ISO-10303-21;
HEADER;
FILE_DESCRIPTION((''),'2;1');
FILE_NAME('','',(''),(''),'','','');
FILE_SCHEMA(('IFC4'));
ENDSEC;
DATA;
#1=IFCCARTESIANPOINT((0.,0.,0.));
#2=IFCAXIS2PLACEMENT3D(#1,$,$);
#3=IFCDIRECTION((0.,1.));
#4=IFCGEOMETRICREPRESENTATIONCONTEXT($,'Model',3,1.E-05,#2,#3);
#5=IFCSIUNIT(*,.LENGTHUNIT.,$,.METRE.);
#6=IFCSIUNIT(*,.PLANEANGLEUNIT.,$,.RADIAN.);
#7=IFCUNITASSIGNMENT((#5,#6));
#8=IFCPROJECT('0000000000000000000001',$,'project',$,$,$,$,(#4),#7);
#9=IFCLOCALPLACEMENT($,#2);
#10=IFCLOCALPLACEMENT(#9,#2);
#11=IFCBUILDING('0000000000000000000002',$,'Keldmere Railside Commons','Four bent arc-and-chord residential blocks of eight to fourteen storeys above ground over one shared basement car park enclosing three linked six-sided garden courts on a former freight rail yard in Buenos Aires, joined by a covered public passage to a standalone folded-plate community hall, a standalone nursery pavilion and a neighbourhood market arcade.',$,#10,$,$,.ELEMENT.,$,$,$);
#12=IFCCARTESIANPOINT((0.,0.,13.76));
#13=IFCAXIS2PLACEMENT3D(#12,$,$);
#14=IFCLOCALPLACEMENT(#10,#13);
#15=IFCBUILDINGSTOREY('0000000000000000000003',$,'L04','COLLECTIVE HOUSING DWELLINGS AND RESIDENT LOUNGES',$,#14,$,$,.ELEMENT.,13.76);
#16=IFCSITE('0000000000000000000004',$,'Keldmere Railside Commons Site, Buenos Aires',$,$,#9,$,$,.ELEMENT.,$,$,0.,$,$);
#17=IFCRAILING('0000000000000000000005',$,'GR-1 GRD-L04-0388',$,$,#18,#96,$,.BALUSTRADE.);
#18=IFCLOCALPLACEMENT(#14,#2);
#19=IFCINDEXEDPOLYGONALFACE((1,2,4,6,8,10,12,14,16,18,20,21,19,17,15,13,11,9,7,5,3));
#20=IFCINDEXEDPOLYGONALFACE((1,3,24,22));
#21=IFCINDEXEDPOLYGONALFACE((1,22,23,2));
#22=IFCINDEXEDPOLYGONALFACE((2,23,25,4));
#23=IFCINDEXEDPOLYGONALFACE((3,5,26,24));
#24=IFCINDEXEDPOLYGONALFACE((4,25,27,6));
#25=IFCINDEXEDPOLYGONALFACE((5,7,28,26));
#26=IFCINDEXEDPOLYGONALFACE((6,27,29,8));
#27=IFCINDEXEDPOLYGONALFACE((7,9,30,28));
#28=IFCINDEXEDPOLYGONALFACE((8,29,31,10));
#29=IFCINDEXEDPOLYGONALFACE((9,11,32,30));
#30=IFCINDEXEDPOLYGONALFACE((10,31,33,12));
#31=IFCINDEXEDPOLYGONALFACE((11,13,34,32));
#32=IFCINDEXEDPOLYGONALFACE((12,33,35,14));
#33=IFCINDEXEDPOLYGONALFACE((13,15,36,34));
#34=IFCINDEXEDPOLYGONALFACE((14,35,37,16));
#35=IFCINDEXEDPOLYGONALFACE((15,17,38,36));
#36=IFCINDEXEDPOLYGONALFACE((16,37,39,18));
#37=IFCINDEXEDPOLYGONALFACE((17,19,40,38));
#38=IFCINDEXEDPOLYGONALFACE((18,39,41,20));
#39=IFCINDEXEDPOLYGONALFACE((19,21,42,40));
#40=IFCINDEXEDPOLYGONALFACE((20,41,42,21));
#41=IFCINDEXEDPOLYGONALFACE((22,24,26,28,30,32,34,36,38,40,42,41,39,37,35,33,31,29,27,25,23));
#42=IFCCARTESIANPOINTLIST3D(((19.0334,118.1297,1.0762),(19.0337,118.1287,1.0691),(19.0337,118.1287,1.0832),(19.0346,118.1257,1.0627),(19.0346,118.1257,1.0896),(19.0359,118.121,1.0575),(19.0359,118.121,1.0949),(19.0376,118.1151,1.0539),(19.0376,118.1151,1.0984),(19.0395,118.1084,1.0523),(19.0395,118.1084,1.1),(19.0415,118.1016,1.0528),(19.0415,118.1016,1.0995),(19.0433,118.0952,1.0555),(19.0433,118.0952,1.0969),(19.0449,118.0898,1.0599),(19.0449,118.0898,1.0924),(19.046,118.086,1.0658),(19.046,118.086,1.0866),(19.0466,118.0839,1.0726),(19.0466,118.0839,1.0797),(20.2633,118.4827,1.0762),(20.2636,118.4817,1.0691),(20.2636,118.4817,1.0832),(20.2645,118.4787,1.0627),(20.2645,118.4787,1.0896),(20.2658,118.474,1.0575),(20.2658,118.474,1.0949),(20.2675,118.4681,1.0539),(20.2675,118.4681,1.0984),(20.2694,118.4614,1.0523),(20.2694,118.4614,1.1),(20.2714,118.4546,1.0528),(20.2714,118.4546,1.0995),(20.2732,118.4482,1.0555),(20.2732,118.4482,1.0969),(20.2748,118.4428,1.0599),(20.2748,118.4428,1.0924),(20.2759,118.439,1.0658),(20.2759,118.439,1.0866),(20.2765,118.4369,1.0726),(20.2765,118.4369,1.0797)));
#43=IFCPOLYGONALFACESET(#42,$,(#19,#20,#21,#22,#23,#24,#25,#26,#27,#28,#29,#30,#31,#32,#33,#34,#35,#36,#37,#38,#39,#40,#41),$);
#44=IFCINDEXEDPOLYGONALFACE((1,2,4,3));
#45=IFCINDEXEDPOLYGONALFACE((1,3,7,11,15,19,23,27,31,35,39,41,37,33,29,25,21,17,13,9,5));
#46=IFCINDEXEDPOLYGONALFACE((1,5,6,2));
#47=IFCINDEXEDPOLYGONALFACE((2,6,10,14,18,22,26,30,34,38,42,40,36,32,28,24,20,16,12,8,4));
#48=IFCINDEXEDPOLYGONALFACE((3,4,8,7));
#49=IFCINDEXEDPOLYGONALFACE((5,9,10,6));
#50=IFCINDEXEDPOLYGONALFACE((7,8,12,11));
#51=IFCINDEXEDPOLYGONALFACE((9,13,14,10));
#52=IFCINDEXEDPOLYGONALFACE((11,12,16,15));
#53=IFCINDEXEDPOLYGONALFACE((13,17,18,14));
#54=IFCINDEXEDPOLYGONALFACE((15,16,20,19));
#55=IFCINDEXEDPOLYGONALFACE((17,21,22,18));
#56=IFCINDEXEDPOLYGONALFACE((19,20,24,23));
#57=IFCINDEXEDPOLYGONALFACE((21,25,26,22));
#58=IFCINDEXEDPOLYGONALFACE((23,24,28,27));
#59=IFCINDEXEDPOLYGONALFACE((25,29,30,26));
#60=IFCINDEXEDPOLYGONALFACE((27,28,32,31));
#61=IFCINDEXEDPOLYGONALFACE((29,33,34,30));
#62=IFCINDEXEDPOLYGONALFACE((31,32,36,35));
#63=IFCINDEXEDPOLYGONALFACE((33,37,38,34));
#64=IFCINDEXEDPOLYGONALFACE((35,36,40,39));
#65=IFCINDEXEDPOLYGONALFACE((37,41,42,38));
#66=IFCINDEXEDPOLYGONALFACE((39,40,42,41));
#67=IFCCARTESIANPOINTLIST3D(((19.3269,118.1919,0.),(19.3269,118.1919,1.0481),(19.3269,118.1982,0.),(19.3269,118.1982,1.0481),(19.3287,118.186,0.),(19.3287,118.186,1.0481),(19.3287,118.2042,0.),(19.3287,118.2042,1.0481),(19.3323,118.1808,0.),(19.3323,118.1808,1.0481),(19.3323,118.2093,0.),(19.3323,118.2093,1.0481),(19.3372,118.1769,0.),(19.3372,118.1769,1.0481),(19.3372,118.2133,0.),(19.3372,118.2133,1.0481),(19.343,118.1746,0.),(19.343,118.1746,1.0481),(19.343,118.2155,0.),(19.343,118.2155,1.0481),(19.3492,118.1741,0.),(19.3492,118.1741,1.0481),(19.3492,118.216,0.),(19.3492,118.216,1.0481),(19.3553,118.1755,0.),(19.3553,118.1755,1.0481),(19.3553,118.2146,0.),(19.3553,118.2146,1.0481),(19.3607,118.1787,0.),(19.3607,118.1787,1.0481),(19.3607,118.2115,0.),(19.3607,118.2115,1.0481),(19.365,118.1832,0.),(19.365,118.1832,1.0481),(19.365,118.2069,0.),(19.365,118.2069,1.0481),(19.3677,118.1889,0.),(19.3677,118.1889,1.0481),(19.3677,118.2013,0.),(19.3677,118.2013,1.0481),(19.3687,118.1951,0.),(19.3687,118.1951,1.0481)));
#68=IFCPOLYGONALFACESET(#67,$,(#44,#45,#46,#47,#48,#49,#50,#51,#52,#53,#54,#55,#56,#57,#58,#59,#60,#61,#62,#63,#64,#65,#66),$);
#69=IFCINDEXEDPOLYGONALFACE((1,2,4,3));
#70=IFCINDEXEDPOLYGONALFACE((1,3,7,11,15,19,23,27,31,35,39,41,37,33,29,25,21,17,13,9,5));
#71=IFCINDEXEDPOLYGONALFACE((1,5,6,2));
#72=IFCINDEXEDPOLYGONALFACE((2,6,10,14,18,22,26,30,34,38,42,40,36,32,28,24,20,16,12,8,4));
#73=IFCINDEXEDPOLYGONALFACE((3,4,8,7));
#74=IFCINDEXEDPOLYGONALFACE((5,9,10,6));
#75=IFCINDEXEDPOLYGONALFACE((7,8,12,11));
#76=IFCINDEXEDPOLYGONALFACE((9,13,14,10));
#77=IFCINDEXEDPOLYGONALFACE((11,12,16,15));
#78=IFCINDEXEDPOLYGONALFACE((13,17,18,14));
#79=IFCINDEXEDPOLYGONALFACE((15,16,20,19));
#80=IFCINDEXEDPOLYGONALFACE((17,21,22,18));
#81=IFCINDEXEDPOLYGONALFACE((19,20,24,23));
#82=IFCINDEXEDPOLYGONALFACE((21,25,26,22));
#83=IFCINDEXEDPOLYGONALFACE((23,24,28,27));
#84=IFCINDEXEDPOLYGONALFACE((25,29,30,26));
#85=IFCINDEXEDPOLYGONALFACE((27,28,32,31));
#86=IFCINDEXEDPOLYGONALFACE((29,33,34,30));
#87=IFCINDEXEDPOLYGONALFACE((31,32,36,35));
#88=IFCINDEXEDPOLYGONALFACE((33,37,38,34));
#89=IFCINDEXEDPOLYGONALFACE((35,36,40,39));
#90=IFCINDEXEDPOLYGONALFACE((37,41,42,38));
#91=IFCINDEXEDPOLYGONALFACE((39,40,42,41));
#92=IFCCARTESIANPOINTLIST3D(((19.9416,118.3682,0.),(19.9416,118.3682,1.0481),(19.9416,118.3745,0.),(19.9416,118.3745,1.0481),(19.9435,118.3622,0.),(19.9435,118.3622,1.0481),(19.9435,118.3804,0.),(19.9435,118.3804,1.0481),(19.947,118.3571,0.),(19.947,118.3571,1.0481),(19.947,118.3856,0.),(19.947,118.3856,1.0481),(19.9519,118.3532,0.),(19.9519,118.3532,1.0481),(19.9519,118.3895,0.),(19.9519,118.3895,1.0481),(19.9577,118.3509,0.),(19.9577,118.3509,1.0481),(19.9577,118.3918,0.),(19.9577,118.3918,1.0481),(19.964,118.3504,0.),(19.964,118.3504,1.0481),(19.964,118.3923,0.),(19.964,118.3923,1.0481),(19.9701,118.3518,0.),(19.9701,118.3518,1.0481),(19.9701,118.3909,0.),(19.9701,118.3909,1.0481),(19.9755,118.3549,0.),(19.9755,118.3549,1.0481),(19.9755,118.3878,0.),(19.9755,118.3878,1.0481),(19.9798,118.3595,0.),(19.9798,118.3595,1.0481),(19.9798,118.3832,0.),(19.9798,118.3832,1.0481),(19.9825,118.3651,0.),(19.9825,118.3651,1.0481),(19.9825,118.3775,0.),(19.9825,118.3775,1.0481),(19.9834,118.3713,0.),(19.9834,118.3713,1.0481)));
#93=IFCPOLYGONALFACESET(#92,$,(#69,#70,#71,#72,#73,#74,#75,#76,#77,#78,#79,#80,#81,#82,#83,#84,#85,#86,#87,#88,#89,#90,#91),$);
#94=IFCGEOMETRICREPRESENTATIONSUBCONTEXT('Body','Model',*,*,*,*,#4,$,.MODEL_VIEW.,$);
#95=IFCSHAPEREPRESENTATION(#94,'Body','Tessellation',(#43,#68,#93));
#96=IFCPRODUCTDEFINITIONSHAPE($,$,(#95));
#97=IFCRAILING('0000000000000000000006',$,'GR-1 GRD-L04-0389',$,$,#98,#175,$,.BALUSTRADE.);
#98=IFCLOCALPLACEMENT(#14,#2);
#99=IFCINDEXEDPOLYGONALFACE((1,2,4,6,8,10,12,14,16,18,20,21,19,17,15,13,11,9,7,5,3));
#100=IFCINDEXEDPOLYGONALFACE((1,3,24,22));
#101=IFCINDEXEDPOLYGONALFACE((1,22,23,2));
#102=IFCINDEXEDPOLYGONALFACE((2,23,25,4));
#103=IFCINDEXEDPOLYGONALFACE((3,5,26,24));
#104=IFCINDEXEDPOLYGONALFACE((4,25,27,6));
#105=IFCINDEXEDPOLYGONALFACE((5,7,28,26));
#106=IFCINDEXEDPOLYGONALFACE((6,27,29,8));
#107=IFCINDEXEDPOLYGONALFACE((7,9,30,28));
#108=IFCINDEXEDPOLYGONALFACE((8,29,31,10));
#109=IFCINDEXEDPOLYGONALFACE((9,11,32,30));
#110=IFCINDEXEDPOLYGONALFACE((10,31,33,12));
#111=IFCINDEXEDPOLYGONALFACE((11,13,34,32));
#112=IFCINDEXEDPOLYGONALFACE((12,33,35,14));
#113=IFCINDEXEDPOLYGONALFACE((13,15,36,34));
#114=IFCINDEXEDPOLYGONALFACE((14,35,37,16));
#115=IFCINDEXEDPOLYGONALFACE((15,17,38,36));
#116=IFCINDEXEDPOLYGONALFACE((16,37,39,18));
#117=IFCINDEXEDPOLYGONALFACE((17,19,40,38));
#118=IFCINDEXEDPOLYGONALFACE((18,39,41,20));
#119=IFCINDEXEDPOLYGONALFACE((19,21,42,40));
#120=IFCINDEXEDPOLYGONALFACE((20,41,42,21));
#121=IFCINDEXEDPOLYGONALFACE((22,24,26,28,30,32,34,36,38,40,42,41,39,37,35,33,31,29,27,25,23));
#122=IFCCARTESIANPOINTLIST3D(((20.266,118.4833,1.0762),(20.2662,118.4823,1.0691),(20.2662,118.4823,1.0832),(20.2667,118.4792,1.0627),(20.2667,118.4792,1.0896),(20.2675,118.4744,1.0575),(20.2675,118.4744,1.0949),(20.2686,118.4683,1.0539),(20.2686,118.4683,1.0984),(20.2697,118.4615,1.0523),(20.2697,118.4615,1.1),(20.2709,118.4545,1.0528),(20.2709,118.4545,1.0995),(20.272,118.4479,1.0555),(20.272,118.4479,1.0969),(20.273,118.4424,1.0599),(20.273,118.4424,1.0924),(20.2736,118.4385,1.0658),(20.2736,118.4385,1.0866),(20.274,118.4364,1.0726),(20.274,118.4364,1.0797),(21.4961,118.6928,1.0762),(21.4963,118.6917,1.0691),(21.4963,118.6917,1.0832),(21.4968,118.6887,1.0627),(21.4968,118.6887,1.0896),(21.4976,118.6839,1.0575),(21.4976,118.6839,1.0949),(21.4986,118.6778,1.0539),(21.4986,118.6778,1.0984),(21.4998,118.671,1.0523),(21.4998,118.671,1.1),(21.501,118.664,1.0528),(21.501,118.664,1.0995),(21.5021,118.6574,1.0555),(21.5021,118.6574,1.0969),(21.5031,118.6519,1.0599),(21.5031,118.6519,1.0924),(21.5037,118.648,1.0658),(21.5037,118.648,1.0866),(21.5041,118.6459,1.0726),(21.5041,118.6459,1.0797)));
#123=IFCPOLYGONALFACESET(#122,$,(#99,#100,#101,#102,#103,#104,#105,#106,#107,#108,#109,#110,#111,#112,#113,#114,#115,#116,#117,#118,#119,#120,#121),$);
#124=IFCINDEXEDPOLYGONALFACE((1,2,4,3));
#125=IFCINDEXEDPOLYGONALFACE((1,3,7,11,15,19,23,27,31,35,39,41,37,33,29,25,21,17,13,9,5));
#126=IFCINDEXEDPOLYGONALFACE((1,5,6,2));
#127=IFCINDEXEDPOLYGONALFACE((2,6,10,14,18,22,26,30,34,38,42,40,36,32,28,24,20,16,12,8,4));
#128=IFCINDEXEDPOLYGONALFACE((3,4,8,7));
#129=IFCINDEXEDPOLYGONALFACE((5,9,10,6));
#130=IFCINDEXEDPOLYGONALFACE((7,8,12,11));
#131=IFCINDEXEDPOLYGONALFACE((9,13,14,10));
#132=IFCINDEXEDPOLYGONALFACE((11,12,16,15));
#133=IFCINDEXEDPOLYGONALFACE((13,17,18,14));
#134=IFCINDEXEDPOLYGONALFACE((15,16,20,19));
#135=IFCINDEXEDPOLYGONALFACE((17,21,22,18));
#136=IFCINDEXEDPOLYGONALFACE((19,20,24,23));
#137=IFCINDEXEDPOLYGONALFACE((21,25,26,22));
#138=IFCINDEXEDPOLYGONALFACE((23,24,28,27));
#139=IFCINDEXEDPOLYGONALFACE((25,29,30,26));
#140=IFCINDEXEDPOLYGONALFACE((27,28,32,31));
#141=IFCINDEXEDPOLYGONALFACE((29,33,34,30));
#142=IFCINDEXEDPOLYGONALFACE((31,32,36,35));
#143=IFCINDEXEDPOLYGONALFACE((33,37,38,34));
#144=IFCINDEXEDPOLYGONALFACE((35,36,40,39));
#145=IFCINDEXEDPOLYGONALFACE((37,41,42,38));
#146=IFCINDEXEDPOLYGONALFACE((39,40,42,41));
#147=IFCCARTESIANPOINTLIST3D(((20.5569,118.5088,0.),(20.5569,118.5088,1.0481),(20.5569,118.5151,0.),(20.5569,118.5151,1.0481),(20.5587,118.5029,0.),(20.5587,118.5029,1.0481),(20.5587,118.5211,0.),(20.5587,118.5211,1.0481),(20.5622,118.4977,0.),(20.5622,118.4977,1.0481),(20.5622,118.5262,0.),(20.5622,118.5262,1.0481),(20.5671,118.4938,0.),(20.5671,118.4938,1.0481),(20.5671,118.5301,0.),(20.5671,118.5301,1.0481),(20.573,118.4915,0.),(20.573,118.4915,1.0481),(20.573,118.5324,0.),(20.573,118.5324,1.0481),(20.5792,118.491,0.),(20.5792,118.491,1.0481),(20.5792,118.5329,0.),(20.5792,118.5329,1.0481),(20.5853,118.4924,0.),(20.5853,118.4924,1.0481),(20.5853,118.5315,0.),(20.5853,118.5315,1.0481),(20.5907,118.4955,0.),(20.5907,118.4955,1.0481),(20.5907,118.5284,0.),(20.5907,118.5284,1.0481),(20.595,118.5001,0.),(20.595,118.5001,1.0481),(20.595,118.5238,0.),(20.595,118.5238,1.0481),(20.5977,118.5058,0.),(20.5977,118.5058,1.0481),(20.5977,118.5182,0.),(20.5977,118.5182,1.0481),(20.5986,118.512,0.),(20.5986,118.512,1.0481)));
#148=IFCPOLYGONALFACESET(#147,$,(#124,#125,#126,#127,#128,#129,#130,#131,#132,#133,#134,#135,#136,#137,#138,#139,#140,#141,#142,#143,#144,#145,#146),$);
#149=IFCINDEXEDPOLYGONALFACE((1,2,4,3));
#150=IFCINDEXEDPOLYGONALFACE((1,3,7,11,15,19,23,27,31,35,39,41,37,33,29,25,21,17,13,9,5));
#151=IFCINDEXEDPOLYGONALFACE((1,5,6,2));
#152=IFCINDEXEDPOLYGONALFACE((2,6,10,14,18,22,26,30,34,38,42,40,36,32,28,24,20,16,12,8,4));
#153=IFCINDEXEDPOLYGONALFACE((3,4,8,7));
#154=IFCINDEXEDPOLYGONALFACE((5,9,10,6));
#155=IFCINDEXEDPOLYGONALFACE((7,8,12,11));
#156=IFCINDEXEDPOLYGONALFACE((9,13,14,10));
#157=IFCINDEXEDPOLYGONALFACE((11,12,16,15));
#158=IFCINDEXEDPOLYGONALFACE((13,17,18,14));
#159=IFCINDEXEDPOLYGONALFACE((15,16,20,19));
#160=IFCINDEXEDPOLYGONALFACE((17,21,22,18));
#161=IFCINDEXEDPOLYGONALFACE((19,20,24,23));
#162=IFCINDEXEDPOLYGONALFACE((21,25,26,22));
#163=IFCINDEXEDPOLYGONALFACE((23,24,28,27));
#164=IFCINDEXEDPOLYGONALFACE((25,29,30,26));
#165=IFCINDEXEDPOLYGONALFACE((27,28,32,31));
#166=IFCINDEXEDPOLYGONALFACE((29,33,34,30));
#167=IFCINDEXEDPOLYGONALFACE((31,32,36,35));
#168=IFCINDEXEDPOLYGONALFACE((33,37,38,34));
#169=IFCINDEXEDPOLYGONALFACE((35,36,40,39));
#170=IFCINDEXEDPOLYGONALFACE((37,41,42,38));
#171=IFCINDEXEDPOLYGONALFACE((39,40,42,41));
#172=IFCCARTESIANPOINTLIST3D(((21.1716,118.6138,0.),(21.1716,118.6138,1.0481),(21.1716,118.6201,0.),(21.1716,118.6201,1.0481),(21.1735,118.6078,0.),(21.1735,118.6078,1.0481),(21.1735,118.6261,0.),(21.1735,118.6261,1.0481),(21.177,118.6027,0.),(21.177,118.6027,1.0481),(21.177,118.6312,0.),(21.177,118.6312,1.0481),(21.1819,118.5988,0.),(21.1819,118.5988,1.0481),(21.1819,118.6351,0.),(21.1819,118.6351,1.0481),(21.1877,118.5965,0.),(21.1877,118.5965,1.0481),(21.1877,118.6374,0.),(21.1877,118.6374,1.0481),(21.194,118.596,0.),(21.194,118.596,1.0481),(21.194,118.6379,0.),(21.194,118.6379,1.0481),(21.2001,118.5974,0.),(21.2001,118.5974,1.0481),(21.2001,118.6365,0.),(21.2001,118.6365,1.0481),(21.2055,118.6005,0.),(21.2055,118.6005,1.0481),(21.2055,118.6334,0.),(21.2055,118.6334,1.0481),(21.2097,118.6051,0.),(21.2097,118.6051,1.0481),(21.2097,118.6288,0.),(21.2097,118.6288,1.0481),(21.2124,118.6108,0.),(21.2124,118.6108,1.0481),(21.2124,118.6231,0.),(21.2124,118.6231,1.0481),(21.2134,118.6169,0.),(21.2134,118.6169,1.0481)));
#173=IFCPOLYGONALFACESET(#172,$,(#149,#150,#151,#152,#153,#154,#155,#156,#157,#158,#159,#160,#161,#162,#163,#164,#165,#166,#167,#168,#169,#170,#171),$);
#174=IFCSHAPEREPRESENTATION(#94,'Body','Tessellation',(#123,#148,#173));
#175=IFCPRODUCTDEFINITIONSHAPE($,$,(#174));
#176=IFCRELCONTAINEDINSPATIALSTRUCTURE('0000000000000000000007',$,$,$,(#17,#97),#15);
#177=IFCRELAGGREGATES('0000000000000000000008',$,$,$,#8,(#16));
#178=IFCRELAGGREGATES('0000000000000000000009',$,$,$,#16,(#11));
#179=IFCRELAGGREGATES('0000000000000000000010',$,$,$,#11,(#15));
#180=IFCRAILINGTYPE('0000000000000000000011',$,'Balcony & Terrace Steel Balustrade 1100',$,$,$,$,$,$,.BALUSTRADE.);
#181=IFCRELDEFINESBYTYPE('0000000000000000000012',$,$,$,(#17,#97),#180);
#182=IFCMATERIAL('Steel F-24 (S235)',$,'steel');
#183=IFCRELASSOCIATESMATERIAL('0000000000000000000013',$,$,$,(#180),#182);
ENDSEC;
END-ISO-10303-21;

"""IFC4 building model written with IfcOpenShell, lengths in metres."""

from ifc_helpers import new_model, si_unit, direction, frame, origin, origin_2d, place, context, subcontext, project, spatial, circle, extrude, material, type_object, element, save


model = new_model("IFC4")

# Units and contexts
model_context = context("Model", 3, precision=1e-05, world=origin(), true_north=direction((0.0, 1.0)))
body_context = subcontext(model_context, "Body", "Model", "MODEL_VIEW")
ifc_project = project(units=[si_unit("LENGTHUNIT", "METRE"), si_unit("PLANEANGLEUNIT", "RADIAN")], contexts=[model_context])

# Site, building, storey
site_placement = place(None, origin())
site = spatial("IfcSite", under=ifc_project, at=site_placement, Name="Keldmere Railside Commons Site, Buenos Aires", CompositionType="ELEMENT", RefElevation=0.0)
building_placement = place(site_placement, origin())
building = spatial("IfcBuilding", under=site, at=building_placement, Name="Keldmere Railside Commons", Description="Four bent arc-and-chord residential blocks of eight to fourteen storeys above ground over one shared basement car park enclosing three linked six-sided garden courts on a former freight rail yard in Buenos Aires, joined by a covered public passage to a standalone folded-plate community hall, a standalone nursery pavilion and a neighbourhood market arcade.", CompositionType="ELEMENT")
storey_placement = place(building_placement, frame((0.0, 0.0, 13.76)))
storey = spatial("IfcBuildingStorey", under=building, at=storey_placement, Name="L04", Description="COLLECTIVE HOUSING DWELLINGS AND RESIDENT LOUNGES", CompositionType="ELEMENT", Elevation=13.76)

# Shared definitions
ifc_material_1 = material(Name="Steel F-24 (S235)", Category="steel")

# Railings
railing_type = type_object("IfcRailingType", Name="Balcony & Terrace Steel Balustrade 1100", PredefinedType="BALUSTRADE", material=ifc_material_1)
railing_1_placement = place(storey_placement, frame((19.04, 118.1067, 0.0)))
element("IfcRailing", 1, at=railing_1_placement, inside=storey, type_object=railing_type, Name="GR-1 GRD-L04-0388", PredefinedType="BALUSTRADE", context=body_context, shape_type="SweptSolid", body=[
    extrude(circle(Radius=0.0239, at=origin_2d()), frame((0.0, 0.0, 1.0762), z_axis=(0.961192, 0.27588, 0.0), x_axis=(-0.27588, 0.961192, 0.0)), (0.0, 0.0, 1.0), 1.2795),
    extrude(circle(Radius=0.021, at=origin_2d()), frame((0.3076, 0.0884, 0.0)), (0.0, 0.0, 1.0), 1.0481),
    extrude(circle(Radius=0.021, at=origin_2d()), frame((0.9224, 0.2646, 0.0)), (0.0, 0.0, 1.0), 1.0481),
])
railing_2_placement = place(storey_placement, frame((20.27, 118.4597, 0.0)))
element("IfcRailing", 2, at=railing_2_placement, inside=storey, type_object=railing_type, Name="GR-1 GRD-L04-0389", PredefinedType="BALUSTRADE", context=body_context, shape_type="SweptSolid", body=[
    extrude(circle(Radius=0.0239, at=origin_2d()), frame((0.0, 0.0, 1.0762), z_axis=(0.985806, 0.167888, 0.0), x_axis=(-0.167888, 0.985806, 0.0)), (0.0, 0.0, 1.0), 1.2478),
    extrude(circle(Radius=0.021, at=origin_2d()), frame((0.3076, 0.0522, 0.0)), (0.0, 0.0, 1.0), 1.0481),
    extrude(circle(Radius=0.021, at=origin_2d()), frame((0.9224, 0.1572, 0.0)), (0.0, 0.0, 1.0), 1.0481),
])

save(model, "model.ifc")
